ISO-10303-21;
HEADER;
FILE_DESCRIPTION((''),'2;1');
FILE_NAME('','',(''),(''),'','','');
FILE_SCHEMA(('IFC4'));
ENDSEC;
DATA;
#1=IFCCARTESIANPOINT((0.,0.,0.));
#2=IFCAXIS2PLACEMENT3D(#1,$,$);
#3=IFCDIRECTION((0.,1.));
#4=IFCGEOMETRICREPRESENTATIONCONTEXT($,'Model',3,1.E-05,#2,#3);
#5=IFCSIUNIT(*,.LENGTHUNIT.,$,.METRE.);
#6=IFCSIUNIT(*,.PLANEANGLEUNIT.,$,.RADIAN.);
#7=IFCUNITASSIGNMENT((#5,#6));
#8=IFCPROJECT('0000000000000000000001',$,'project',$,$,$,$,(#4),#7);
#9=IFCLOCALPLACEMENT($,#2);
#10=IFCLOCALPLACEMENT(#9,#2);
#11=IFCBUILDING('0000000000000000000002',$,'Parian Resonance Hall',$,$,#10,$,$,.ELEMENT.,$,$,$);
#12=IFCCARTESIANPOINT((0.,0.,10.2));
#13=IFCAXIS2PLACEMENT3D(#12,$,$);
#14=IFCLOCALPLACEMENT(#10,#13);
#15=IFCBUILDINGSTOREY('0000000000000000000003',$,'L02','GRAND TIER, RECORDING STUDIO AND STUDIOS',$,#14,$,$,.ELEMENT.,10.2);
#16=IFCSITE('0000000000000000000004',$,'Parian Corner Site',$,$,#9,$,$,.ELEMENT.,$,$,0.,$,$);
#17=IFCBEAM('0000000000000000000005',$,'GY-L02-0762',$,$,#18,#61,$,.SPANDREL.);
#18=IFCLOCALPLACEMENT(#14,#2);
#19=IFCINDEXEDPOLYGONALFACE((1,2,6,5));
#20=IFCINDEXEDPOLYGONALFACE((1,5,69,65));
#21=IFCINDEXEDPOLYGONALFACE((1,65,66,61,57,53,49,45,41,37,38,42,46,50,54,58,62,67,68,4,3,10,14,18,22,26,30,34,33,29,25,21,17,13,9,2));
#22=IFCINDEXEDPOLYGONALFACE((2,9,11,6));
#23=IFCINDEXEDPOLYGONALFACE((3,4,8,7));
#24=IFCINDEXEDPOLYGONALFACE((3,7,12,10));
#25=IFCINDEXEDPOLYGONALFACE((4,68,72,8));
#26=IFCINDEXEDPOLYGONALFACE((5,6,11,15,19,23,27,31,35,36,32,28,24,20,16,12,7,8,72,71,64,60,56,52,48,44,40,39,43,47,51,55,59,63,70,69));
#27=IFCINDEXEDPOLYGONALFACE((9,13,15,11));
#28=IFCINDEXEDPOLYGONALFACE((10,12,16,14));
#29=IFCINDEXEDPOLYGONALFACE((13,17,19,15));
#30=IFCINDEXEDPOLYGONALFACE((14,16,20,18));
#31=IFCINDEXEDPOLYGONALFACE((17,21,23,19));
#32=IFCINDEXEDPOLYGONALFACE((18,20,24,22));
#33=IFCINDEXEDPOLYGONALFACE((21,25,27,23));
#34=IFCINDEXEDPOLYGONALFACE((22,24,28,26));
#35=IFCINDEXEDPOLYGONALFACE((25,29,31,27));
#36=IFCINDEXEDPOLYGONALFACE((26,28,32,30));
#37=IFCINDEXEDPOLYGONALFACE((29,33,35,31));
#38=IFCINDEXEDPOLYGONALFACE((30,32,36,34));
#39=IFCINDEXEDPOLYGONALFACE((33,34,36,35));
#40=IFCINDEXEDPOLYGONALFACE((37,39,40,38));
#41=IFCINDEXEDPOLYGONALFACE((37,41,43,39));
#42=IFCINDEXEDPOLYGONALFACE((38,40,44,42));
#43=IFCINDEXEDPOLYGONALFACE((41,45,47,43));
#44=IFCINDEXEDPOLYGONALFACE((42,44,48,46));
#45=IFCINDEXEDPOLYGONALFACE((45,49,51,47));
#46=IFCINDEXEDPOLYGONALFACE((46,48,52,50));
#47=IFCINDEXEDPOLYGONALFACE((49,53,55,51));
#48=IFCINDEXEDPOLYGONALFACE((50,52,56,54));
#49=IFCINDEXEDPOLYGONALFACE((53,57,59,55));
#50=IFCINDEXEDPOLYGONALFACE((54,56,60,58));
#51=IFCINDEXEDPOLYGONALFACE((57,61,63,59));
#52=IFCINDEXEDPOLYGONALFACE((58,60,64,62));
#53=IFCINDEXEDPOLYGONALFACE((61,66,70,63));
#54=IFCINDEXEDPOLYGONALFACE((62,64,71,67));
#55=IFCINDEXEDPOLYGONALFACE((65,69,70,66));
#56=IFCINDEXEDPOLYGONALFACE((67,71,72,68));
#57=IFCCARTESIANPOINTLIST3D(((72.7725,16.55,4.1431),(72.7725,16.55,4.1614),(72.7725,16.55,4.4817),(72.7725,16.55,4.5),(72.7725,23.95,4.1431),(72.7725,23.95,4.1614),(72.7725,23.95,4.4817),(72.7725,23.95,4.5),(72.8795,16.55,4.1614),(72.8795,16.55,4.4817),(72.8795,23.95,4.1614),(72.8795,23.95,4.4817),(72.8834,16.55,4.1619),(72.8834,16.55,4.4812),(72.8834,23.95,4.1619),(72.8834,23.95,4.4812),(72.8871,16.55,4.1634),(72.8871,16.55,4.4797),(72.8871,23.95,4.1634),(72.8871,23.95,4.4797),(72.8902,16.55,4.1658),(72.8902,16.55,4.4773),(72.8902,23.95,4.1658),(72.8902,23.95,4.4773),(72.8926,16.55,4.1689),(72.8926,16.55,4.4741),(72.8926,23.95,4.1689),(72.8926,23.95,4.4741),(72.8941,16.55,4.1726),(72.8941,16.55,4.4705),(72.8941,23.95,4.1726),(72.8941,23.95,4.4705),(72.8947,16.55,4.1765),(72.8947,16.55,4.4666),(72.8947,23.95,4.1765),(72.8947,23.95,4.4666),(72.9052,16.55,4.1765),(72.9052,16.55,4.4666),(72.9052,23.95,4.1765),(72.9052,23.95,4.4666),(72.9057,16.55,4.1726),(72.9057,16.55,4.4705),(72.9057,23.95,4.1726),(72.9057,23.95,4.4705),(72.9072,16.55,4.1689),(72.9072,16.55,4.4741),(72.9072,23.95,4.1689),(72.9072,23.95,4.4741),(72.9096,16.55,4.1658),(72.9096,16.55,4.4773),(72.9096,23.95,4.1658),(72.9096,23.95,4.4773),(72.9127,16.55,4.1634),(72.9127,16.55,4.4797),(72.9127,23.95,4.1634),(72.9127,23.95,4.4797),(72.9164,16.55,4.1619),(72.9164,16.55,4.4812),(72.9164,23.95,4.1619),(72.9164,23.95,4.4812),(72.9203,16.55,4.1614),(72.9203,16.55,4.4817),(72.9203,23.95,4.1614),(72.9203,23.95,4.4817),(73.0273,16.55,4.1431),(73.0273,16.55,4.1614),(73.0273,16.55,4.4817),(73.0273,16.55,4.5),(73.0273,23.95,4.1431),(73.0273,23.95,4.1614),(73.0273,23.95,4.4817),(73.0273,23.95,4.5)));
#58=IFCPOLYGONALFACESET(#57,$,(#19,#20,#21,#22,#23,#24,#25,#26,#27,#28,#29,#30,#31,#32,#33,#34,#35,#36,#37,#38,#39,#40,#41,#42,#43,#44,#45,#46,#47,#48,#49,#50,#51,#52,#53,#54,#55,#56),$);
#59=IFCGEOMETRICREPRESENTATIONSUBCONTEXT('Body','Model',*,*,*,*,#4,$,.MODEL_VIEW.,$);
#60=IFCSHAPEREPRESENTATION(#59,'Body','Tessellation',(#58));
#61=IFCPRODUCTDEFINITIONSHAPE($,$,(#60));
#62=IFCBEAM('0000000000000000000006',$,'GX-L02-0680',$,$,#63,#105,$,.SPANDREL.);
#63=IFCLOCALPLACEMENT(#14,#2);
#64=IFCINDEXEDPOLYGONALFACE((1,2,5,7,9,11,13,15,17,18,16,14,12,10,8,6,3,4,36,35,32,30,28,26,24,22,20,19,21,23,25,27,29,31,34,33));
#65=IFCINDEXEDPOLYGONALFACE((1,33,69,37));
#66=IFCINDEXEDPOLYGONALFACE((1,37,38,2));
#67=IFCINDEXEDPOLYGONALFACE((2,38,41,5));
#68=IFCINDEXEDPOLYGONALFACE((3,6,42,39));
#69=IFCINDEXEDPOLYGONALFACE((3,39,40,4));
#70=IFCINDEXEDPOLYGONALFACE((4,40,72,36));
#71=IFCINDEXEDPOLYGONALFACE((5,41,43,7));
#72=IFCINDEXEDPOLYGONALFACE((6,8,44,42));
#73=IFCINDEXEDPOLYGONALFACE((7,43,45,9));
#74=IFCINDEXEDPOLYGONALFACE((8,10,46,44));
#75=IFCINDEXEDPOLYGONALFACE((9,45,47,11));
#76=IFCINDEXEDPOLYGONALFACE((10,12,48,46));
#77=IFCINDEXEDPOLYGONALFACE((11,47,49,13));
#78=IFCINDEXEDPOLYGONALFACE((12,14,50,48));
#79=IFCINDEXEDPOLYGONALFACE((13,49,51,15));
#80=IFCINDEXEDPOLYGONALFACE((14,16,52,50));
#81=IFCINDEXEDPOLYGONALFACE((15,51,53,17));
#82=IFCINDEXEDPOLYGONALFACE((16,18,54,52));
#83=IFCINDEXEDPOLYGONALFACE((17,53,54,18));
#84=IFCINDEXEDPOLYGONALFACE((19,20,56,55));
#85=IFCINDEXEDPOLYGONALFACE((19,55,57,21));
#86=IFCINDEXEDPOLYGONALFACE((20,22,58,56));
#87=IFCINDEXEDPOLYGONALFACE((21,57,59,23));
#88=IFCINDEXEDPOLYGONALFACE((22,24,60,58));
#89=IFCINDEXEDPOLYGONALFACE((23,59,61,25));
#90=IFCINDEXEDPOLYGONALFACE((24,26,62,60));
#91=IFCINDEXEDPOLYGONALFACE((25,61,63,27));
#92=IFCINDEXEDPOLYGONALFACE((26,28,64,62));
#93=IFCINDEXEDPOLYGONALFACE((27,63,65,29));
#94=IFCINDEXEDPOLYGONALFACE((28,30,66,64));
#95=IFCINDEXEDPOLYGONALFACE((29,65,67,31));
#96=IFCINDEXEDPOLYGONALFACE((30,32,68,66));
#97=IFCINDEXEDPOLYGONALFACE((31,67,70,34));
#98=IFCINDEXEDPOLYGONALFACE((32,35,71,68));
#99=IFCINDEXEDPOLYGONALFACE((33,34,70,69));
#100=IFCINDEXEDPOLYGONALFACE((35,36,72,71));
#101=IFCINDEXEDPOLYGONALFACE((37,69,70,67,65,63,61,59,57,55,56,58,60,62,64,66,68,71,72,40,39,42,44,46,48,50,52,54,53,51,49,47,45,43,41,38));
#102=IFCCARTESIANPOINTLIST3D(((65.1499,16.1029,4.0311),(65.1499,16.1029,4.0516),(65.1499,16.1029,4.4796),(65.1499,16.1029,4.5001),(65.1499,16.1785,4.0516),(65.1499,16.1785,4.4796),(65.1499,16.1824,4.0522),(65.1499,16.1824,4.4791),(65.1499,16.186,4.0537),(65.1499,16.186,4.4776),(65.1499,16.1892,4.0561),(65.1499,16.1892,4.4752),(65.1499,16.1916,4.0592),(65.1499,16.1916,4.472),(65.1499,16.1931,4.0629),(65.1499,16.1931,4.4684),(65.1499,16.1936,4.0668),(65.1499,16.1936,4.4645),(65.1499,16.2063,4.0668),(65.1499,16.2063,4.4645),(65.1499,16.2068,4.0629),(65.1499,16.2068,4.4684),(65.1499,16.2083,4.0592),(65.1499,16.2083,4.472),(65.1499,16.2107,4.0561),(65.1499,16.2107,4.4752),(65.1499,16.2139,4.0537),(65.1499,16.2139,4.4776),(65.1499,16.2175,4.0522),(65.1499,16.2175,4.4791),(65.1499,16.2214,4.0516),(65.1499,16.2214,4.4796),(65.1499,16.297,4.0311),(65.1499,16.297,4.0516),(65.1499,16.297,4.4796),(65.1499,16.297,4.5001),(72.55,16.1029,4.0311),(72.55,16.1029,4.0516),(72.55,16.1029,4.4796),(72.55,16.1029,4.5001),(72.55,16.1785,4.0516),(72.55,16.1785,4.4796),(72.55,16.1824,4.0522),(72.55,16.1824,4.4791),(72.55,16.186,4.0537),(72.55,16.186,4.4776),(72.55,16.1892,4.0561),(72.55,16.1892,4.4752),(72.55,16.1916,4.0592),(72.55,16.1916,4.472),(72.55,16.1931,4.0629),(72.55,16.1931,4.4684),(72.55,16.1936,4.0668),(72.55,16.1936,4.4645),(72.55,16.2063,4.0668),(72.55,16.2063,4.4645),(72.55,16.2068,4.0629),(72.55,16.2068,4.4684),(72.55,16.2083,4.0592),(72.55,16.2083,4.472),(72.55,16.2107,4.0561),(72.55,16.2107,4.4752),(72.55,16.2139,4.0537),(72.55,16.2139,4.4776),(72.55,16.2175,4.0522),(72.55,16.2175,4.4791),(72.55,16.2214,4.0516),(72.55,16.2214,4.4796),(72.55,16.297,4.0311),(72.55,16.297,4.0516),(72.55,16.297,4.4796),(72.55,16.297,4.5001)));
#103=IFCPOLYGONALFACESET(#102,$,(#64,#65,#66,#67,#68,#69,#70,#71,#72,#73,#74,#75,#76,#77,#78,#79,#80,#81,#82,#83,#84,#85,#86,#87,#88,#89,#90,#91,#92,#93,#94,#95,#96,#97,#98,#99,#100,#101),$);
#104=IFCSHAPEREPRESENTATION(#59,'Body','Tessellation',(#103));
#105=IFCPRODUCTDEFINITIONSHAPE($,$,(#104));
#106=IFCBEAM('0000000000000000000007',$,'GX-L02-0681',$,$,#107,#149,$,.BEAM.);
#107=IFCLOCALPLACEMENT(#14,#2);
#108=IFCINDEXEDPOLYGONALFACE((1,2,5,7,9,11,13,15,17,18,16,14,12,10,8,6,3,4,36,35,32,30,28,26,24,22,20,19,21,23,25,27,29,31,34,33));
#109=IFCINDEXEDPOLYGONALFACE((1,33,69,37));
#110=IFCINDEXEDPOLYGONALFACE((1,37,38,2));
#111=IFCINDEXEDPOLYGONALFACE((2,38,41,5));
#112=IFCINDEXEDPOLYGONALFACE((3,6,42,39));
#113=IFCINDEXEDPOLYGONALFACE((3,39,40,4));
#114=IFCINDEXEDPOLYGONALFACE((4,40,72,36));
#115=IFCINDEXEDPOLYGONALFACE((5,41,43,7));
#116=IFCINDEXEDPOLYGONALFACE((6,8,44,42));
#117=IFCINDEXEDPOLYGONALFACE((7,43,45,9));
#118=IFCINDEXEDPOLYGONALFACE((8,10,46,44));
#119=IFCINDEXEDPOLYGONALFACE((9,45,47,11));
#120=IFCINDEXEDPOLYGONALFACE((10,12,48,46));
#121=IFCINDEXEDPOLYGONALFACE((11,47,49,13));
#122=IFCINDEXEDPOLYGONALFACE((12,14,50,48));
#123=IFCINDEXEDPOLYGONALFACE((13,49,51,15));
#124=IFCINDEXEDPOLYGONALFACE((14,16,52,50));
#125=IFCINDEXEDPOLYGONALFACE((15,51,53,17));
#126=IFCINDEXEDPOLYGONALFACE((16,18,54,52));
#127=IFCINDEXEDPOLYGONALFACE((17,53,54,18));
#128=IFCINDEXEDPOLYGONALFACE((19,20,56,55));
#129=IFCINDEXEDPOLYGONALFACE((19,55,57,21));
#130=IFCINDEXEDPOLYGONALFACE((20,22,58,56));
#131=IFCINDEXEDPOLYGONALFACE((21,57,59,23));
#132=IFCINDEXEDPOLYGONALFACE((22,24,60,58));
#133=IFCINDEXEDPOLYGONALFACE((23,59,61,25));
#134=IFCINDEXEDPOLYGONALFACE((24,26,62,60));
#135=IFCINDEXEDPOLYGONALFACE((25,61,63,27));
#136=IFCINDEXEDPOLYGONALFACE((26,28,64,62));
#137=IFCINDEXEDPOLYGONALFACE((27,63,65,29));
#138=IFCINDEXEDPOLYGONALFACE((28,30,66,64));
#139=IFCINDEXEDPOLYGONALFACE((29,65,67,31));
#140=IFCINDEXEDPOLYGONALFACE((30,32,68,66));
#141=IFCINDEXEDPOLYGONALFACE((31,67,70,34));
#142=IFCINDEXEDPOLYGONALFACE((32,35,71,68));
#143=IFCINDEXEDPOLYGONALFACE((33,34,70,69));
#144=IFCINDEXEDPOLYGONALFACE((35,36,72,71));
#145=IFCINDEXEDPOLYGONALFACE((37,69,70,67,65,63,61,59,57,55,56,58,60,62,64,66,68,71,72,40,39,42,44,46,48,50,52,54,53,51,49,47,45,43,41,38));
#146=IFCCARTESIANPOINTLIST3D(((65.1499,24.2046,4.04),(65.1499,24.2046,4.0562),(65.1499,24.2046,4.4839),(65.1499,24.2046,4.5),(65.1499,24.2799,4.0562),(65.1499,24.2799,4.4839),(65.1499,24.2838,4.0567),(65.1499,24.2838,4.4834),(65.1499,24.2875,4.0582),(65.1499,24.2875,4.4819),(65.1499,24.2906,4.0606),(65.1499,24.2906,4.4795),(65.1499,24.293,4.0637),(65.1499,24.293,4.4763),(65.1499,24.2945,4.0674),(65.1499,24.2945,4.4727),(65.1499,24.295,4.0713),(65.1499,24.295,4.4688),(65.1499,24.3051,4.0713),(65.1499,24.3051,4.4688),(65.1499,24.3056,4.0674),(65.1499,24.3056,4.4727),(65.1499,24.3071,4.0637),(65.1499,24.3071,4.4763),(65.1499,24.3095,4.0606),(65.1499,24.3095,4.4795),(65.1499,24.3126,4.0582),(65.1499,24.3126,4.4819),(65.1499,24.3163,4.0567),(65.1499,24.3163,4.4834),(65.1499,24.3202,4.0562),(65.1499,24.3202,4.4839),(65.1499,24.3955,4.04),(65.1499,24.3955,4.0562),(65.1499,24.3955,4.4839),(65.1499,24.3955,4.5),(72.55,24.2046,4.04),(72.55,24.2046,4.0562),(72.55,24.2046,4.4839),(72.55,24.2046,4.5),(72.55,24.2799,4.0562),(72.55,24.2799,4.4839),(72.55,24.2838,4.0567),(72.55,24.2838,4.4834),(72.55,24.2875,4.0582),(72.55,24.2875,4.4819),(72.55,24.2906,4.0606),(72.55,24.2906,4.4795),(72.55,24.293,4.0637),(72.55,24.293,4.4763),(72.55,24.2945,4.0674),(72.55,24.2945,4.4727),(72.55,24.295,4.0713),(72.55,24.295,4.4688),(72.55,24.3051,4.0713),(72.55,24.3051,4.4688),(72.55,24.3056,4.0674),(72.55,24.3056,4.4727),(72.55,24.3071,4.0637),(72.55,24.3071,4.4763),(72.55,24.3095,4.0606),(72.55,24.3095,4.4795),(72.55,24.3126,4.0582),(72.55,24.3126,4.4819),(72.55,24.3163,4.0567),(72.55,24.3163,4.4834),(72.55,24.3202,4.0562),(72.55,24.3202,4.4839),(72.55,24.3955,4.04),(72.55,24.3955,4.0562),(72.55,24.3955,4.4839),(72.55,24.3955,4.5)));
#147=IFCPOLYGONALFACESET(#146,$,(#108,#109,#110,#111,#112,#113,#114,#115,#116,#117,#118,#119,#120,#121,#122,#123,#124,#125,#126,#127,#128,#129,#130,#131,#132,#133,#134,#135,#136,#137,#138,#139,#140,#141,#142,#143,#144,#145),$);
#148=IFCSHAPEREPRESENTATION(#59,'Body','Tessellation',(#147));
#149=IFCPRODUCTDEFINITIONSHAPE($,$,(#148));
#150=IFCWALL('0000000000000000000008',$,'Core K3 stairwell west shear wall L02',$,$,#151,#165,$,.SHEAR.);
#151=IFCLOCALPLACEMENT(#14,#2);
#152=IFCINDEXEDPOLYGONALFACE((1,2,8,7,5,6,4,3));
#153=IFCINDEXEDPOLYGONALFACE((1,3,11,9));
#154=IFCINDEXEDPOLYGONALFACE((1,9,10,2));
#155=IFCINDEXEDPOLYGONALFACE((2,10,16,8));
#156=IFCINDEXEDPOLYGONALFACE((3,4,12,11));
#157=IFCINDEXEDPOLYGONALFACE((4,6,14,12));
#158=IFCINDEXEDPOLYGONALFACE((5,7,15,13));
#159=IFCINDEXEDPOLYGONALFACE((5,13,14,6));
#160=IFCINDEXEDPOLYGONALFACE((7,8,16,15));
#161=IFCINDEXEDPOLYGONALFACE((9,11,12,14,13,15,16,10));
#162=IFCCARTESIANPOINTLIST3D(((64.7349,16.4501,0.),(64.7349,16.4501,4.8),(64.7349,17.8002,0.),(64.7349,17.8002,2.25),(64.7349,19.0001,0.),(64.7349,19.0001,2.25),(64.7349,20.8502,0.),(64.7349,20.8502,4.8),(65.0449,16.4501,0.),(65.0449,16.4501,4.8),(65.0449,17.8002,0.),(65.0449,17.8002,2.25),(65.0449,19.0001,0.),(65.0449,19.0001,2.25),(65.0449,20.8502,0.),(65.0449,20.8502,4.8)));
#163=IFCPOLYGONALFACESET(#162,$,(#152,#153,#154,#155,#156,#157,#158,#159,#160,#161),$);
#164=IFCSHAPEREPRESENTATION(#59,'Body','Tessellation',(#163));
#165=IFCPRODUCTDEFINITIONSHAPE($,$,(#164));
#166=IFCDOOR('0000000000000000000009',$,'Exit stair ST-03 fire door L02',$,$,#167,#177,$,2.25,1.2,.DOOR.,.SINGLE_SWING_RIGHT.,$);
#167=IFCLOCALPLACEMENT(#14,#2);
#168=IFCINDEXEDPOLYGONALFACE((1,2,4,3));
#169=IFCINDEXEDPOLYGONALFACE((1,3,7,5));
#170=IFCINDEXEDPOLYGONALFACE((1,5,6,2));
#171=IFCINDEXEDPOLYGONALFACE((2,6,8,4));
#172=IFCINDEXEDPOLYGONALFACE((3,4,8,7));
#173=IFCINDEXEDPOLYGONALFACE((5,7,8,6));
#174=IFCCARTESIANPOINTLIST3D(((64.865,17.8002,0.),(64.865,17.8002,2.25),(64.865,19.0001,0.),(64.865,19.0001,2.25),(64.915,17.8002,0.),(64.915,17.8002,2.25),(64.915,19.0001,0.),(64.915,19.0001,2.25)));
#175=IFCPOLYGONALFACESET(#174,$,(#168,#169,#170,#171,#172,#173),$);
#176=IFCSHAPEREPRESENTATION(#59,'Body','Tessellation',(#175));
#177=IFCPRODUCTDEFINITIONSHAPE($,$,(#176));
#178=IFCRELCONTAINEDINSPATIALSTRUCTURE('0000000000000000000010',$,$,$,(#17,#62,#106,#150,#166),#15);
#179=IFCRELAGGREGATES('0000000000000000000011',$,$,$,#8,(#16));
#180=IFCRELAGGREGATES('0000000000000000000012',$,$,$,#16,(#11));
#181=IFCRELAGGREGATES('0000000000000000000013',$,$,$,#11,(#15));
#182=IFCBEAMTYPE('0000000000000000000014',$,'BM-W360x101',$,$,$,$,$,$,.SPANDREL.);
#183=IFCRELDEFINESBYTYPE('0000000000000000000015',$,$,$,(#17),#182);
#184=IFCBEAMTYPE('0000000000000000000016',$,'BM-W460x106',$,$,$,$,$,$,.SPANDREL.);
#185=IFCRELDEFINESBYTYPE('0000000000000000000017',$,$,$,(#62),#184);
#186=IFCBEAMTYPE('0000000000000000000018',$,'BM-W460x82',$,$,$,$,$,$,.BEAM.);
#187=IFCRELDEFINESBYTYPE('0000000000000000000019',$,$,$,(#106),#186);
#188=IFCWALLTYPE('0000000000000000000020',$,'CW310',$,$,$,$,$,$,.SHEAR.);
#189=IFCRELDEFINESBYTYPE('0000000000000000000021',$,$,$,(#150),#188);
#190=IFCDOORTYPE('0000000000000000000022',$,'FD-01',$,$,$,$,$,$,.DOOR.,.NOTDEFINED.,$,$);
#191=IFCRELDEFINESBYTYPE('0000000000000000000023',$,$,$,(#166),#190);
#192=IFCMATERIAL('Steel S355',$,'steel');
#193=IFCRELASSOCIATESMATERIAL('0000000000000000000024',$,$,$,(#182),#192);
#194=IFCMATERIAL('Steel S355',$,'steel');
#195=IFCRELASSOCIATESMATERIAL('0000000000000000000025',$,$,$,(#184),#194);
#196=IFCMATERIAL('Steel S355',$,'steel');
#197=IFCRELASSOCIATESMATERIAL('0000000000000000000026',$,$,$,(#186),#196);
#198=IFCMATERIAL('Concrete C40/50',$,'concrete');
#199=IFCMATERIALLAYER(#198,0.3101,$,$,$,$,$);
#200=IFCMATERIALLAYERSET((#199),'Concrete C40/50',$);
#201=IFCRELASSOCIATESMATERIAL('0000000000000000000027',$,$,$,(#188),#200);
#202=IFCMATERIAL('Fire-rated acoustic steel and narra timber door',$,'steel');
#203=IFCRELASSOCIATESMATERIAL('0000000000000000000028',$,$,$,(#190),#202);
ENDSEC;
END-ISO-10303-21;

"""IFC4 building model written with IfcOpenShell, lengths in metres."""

from ifc_helpers import new_model, si_unit, direction, frame, frame_2d, origin, origin_2d, place, context, subcontext, project, spatial, rectangle, i_section, extrude, material, layer, layer_set, material_profile, profile_set, type_object, element, fill, save


model = new_model("IFC4")

# Units and contexts
model_context = context("Model", 3, precision=1e-05, world=origin(), true_north=direction((0.0, 1.0)))
body_context = subcontext(model_context, "Body", "Model", "MODEL_VIEW")
ifc_project = project(units=[si_unit("LENGTHUNIT", "METRE"), si_unit("PLANEANGLEUNIT", "RADIAN")], contexts=[model_context])

# Site, building, storey
site_placement = place(None, origin())
site = spatial("IfcSite", under=ifc_project, at=site_placement, Name="Parian Corner Site", CompositionType="ELEMENT", RefElevation=0.0)
building_placement = place(site_placement, origin())
building = spatial("IfcBuilding", under=site, at=building_placement, Name="Parian Resonance Hall", CompositionType="ELEMENT")
storey_placement = place(building_placement, frame((0.0, 0.0, 10.2)))
storey = spatial("IfcBuildingStorey", under=building, at=storey_placement, Name="L02", Description="GRAND TIER, RECORDING STUDIO AND STUDIOS", CompositionType="ELEMENT", Elevation=10.2)

# Beams
ifc_material_1 = material(Name="Steel S355", Category="steel")
ifc_material_profile_1 = material_profile(ifc_material_1, i_section(OverallWidth=0.2549, OverallDepth=0.3569, WebThickness=0.0105, FlangeThickness=0.0183, FilletRadius=0.0151, at=origin_2d()), Name="W360x101")
ifc_profile_set_1 = profile_set([ifc_material_profile_1], Name="Steel S355")
beam_type_1 = type_object("IfcBeamType", Name="BM-W360x101", PredefinedType="SPANDREL", material=ifc_profile_set_1)
beam_1_placement = place(storey_placement, frame((72.8999, 16.55, 4.3215), z_axis=(0.0, 1.0, 0.0), x_axis=(-1.0, 0.0, 0.0)))
element("IfcBeam", 1, at=beam_1_placement, inside=storey, type_object=beam_type_1, Name="GY-L02-0762", PredefinedType="SPANDREL", context=body_context, shape_type="SweptSolid", body=[
    extrude(i_section(OverallWidth=0.2549, OverallDepth=0.3569, WebThickness=0.0105, FlangeThickness=0.0183, FilletRadius=0.0151, at=origin_2d()), origin(), (0.0, 0.0, 1.0), 7.3999),
])
ifc_material_2 = material(Name="Steel S355", Category="steel")
ifc_material_profile_2 = material_profile(ifc_material_2, i_section(OverallWidth=0.1941, OverallDepth=0.469, WebThickness=0.0127, FlangeThickness=0.0205, FilletRadius=0.0151, at=origin_2d()), Name="W460x106")
ifc_profile_set_2 = profile_set([ifc_material_profile_2], Name="Steel S355")
beam_type_2 = type_object("IfcBeamType", Name="BM-W460x106", PredefinedType="SPANDREL", material=ifc_profile_set_2)
beam_2_placement = place(storey_placement, frame((65.1499, 16.2, 4.2656), z_axis=(1.0, 0.0, 0.0), x_axis=(0.0, 1.0, 0.0)))
element("IfcBeam", 2, at=beam_2_placement, inside=storey, type_object=beam_type_2, Name="GX-L02-0680", PredefinedType="SPANDREL", context=body_context, shape_type="SweptSolid", body=[
    extrude(i_section(OverallWidth=0.1941, OverallDepth=0.469, WebThickness=0.0127, FlangeThickness=0.0205, FilletRadius=0.0151, at=origin_2d()), origin(), (0.0, 0.0, 1.0), 7.4001),
])
ifc_material_3 = material(Name="Steel S355", Category="steel")
ifc_material_profile_3 = material_profile(ifc_material_3, i_section(OverallWidth=0.1909, OverallDepth=0.46, WebThickness=0.01, FlangeThickness=0.0161, FilletRadius=0.0151, at=origin_2d()), Name="W460x82")
ifc_profile_set_3 = profile_set([ifc_material_profile_3], Name="Steel S355")
beam_type_3 = type_object("IfcBeamType", Name="BM-W460x82", PredefinedType="BEAM", material=ifc_profile_set_3)
beam_3_placement = place(storey_placement, frame((65.1499, 24.3, 4.27), z_axis=(1.0, 0.0, 0.0), x_axis=(0.0, 1.0, 0.0)))
element("IfcBeam", 3, at=beam_3_placement, inside=storey, type_object=beam_type_3, Name="GX-L02-0681", PredefinedType="BEAM", context=body_context, shape_type="SweptSolid", body=[
    extrude(i_section(OverallWidth=0.1909, OverallDepth=0.46, WebThickness=0.01, FlangeThickness=0.0161, FilletRadius=0.0151, at=origin_2d()), origin(), (0.0, 0.0, 1.0), 7.4001),
])

# Wall, opening, door
ifc_material_4 = material(Name="Concrete C40/50", Category="concrete")
ifc_layer_1 = layer(ifc_material_4, 0.3101)
ifc_layer_set_1 = layer_set([ifc_layer_1], Name="Concrete C40/50")
wall_type_1 = type_object("IfcWallType", Name="CW310", PredefinedType="SHEAR", material=ifc_layer_set_1)
wall_1_placement = place(storey_placement, frame((64.8899, 16.45, 0.0), z_axis=(0.0, 0.0, 1.0), x_axis=(0.0, 1.0, 0.0)))
wall_1 = element("IfcWall", 4, at=wall_1_placement, inside=storey, type_object=wall_type_1, Name="Core K3 stairwell west shear wall L02", PredefinedType="SHEAR", context=body_context, shape_type="SweptSolid", body=[
    extrude(rectangle(XDim=4.4001, YDim=0.3101, at=frame_2d((2.2002, 0.0))), origin(), (0.0, 0.0, 1.0), 4.8),
])
opening_1_placement = place(wall_1_placement, frame((1.3501, 0.0, 0.0)))
opening_1 = element("IfcOpeningElement", 5, at=opening_1_placement, cuts=wall_1, PredefinedType="OPENING", context=body_context, shape_type="SweptSolid", body=[
    extrude(rectangle(XDim=1.2, YDim=2.25, at=frame_2d((0.6001, 1.125))), frame((0.0, 0.165, 0.0), z_axis=(0.0, -1.0, 0.0), x_axis=(1.0, 0.0, 0.0)), (0.0, 0.0, 1.0), 0.3301),
])
ifc_material_5 = material(Name="Fire-rated acoustic steel and narra timber door", Category="steel")
door_type_1 = type_object("IfcDoorType", Name="FD-01", OperationType="NOTDEFINED", PredefinedType="DOOR", material=ifc_material_5)
door_1_placement = place(opening_1_placement, origin())
door_1 = element("IfcDoor", 6, at=door_1_placement, inside=storey, type_object=door_type_1, Name="Exit stair ST-03 fire door L02", OperationType="SINGLE_SWING_RIGHT", OverallHeight=2.25, OverallWidth=1.2, PredefinedType="DOOR", context=body_context, shape_type="SweptSolid", body=[
    extrude(rectangle(XDim=1.2, YDim=2.25, at=frame_2d((0.6001, 1.125))), frame((0.0, 0.0249, 0.0), z_axis=(0.0, -1.0, 0.0), x_axis=(1.0, 0.0, 0.0)), (0.0, 0.0, 1.0), 0.05),
])
fill(opening_1, door_1)

save(model, "model.ifc")
